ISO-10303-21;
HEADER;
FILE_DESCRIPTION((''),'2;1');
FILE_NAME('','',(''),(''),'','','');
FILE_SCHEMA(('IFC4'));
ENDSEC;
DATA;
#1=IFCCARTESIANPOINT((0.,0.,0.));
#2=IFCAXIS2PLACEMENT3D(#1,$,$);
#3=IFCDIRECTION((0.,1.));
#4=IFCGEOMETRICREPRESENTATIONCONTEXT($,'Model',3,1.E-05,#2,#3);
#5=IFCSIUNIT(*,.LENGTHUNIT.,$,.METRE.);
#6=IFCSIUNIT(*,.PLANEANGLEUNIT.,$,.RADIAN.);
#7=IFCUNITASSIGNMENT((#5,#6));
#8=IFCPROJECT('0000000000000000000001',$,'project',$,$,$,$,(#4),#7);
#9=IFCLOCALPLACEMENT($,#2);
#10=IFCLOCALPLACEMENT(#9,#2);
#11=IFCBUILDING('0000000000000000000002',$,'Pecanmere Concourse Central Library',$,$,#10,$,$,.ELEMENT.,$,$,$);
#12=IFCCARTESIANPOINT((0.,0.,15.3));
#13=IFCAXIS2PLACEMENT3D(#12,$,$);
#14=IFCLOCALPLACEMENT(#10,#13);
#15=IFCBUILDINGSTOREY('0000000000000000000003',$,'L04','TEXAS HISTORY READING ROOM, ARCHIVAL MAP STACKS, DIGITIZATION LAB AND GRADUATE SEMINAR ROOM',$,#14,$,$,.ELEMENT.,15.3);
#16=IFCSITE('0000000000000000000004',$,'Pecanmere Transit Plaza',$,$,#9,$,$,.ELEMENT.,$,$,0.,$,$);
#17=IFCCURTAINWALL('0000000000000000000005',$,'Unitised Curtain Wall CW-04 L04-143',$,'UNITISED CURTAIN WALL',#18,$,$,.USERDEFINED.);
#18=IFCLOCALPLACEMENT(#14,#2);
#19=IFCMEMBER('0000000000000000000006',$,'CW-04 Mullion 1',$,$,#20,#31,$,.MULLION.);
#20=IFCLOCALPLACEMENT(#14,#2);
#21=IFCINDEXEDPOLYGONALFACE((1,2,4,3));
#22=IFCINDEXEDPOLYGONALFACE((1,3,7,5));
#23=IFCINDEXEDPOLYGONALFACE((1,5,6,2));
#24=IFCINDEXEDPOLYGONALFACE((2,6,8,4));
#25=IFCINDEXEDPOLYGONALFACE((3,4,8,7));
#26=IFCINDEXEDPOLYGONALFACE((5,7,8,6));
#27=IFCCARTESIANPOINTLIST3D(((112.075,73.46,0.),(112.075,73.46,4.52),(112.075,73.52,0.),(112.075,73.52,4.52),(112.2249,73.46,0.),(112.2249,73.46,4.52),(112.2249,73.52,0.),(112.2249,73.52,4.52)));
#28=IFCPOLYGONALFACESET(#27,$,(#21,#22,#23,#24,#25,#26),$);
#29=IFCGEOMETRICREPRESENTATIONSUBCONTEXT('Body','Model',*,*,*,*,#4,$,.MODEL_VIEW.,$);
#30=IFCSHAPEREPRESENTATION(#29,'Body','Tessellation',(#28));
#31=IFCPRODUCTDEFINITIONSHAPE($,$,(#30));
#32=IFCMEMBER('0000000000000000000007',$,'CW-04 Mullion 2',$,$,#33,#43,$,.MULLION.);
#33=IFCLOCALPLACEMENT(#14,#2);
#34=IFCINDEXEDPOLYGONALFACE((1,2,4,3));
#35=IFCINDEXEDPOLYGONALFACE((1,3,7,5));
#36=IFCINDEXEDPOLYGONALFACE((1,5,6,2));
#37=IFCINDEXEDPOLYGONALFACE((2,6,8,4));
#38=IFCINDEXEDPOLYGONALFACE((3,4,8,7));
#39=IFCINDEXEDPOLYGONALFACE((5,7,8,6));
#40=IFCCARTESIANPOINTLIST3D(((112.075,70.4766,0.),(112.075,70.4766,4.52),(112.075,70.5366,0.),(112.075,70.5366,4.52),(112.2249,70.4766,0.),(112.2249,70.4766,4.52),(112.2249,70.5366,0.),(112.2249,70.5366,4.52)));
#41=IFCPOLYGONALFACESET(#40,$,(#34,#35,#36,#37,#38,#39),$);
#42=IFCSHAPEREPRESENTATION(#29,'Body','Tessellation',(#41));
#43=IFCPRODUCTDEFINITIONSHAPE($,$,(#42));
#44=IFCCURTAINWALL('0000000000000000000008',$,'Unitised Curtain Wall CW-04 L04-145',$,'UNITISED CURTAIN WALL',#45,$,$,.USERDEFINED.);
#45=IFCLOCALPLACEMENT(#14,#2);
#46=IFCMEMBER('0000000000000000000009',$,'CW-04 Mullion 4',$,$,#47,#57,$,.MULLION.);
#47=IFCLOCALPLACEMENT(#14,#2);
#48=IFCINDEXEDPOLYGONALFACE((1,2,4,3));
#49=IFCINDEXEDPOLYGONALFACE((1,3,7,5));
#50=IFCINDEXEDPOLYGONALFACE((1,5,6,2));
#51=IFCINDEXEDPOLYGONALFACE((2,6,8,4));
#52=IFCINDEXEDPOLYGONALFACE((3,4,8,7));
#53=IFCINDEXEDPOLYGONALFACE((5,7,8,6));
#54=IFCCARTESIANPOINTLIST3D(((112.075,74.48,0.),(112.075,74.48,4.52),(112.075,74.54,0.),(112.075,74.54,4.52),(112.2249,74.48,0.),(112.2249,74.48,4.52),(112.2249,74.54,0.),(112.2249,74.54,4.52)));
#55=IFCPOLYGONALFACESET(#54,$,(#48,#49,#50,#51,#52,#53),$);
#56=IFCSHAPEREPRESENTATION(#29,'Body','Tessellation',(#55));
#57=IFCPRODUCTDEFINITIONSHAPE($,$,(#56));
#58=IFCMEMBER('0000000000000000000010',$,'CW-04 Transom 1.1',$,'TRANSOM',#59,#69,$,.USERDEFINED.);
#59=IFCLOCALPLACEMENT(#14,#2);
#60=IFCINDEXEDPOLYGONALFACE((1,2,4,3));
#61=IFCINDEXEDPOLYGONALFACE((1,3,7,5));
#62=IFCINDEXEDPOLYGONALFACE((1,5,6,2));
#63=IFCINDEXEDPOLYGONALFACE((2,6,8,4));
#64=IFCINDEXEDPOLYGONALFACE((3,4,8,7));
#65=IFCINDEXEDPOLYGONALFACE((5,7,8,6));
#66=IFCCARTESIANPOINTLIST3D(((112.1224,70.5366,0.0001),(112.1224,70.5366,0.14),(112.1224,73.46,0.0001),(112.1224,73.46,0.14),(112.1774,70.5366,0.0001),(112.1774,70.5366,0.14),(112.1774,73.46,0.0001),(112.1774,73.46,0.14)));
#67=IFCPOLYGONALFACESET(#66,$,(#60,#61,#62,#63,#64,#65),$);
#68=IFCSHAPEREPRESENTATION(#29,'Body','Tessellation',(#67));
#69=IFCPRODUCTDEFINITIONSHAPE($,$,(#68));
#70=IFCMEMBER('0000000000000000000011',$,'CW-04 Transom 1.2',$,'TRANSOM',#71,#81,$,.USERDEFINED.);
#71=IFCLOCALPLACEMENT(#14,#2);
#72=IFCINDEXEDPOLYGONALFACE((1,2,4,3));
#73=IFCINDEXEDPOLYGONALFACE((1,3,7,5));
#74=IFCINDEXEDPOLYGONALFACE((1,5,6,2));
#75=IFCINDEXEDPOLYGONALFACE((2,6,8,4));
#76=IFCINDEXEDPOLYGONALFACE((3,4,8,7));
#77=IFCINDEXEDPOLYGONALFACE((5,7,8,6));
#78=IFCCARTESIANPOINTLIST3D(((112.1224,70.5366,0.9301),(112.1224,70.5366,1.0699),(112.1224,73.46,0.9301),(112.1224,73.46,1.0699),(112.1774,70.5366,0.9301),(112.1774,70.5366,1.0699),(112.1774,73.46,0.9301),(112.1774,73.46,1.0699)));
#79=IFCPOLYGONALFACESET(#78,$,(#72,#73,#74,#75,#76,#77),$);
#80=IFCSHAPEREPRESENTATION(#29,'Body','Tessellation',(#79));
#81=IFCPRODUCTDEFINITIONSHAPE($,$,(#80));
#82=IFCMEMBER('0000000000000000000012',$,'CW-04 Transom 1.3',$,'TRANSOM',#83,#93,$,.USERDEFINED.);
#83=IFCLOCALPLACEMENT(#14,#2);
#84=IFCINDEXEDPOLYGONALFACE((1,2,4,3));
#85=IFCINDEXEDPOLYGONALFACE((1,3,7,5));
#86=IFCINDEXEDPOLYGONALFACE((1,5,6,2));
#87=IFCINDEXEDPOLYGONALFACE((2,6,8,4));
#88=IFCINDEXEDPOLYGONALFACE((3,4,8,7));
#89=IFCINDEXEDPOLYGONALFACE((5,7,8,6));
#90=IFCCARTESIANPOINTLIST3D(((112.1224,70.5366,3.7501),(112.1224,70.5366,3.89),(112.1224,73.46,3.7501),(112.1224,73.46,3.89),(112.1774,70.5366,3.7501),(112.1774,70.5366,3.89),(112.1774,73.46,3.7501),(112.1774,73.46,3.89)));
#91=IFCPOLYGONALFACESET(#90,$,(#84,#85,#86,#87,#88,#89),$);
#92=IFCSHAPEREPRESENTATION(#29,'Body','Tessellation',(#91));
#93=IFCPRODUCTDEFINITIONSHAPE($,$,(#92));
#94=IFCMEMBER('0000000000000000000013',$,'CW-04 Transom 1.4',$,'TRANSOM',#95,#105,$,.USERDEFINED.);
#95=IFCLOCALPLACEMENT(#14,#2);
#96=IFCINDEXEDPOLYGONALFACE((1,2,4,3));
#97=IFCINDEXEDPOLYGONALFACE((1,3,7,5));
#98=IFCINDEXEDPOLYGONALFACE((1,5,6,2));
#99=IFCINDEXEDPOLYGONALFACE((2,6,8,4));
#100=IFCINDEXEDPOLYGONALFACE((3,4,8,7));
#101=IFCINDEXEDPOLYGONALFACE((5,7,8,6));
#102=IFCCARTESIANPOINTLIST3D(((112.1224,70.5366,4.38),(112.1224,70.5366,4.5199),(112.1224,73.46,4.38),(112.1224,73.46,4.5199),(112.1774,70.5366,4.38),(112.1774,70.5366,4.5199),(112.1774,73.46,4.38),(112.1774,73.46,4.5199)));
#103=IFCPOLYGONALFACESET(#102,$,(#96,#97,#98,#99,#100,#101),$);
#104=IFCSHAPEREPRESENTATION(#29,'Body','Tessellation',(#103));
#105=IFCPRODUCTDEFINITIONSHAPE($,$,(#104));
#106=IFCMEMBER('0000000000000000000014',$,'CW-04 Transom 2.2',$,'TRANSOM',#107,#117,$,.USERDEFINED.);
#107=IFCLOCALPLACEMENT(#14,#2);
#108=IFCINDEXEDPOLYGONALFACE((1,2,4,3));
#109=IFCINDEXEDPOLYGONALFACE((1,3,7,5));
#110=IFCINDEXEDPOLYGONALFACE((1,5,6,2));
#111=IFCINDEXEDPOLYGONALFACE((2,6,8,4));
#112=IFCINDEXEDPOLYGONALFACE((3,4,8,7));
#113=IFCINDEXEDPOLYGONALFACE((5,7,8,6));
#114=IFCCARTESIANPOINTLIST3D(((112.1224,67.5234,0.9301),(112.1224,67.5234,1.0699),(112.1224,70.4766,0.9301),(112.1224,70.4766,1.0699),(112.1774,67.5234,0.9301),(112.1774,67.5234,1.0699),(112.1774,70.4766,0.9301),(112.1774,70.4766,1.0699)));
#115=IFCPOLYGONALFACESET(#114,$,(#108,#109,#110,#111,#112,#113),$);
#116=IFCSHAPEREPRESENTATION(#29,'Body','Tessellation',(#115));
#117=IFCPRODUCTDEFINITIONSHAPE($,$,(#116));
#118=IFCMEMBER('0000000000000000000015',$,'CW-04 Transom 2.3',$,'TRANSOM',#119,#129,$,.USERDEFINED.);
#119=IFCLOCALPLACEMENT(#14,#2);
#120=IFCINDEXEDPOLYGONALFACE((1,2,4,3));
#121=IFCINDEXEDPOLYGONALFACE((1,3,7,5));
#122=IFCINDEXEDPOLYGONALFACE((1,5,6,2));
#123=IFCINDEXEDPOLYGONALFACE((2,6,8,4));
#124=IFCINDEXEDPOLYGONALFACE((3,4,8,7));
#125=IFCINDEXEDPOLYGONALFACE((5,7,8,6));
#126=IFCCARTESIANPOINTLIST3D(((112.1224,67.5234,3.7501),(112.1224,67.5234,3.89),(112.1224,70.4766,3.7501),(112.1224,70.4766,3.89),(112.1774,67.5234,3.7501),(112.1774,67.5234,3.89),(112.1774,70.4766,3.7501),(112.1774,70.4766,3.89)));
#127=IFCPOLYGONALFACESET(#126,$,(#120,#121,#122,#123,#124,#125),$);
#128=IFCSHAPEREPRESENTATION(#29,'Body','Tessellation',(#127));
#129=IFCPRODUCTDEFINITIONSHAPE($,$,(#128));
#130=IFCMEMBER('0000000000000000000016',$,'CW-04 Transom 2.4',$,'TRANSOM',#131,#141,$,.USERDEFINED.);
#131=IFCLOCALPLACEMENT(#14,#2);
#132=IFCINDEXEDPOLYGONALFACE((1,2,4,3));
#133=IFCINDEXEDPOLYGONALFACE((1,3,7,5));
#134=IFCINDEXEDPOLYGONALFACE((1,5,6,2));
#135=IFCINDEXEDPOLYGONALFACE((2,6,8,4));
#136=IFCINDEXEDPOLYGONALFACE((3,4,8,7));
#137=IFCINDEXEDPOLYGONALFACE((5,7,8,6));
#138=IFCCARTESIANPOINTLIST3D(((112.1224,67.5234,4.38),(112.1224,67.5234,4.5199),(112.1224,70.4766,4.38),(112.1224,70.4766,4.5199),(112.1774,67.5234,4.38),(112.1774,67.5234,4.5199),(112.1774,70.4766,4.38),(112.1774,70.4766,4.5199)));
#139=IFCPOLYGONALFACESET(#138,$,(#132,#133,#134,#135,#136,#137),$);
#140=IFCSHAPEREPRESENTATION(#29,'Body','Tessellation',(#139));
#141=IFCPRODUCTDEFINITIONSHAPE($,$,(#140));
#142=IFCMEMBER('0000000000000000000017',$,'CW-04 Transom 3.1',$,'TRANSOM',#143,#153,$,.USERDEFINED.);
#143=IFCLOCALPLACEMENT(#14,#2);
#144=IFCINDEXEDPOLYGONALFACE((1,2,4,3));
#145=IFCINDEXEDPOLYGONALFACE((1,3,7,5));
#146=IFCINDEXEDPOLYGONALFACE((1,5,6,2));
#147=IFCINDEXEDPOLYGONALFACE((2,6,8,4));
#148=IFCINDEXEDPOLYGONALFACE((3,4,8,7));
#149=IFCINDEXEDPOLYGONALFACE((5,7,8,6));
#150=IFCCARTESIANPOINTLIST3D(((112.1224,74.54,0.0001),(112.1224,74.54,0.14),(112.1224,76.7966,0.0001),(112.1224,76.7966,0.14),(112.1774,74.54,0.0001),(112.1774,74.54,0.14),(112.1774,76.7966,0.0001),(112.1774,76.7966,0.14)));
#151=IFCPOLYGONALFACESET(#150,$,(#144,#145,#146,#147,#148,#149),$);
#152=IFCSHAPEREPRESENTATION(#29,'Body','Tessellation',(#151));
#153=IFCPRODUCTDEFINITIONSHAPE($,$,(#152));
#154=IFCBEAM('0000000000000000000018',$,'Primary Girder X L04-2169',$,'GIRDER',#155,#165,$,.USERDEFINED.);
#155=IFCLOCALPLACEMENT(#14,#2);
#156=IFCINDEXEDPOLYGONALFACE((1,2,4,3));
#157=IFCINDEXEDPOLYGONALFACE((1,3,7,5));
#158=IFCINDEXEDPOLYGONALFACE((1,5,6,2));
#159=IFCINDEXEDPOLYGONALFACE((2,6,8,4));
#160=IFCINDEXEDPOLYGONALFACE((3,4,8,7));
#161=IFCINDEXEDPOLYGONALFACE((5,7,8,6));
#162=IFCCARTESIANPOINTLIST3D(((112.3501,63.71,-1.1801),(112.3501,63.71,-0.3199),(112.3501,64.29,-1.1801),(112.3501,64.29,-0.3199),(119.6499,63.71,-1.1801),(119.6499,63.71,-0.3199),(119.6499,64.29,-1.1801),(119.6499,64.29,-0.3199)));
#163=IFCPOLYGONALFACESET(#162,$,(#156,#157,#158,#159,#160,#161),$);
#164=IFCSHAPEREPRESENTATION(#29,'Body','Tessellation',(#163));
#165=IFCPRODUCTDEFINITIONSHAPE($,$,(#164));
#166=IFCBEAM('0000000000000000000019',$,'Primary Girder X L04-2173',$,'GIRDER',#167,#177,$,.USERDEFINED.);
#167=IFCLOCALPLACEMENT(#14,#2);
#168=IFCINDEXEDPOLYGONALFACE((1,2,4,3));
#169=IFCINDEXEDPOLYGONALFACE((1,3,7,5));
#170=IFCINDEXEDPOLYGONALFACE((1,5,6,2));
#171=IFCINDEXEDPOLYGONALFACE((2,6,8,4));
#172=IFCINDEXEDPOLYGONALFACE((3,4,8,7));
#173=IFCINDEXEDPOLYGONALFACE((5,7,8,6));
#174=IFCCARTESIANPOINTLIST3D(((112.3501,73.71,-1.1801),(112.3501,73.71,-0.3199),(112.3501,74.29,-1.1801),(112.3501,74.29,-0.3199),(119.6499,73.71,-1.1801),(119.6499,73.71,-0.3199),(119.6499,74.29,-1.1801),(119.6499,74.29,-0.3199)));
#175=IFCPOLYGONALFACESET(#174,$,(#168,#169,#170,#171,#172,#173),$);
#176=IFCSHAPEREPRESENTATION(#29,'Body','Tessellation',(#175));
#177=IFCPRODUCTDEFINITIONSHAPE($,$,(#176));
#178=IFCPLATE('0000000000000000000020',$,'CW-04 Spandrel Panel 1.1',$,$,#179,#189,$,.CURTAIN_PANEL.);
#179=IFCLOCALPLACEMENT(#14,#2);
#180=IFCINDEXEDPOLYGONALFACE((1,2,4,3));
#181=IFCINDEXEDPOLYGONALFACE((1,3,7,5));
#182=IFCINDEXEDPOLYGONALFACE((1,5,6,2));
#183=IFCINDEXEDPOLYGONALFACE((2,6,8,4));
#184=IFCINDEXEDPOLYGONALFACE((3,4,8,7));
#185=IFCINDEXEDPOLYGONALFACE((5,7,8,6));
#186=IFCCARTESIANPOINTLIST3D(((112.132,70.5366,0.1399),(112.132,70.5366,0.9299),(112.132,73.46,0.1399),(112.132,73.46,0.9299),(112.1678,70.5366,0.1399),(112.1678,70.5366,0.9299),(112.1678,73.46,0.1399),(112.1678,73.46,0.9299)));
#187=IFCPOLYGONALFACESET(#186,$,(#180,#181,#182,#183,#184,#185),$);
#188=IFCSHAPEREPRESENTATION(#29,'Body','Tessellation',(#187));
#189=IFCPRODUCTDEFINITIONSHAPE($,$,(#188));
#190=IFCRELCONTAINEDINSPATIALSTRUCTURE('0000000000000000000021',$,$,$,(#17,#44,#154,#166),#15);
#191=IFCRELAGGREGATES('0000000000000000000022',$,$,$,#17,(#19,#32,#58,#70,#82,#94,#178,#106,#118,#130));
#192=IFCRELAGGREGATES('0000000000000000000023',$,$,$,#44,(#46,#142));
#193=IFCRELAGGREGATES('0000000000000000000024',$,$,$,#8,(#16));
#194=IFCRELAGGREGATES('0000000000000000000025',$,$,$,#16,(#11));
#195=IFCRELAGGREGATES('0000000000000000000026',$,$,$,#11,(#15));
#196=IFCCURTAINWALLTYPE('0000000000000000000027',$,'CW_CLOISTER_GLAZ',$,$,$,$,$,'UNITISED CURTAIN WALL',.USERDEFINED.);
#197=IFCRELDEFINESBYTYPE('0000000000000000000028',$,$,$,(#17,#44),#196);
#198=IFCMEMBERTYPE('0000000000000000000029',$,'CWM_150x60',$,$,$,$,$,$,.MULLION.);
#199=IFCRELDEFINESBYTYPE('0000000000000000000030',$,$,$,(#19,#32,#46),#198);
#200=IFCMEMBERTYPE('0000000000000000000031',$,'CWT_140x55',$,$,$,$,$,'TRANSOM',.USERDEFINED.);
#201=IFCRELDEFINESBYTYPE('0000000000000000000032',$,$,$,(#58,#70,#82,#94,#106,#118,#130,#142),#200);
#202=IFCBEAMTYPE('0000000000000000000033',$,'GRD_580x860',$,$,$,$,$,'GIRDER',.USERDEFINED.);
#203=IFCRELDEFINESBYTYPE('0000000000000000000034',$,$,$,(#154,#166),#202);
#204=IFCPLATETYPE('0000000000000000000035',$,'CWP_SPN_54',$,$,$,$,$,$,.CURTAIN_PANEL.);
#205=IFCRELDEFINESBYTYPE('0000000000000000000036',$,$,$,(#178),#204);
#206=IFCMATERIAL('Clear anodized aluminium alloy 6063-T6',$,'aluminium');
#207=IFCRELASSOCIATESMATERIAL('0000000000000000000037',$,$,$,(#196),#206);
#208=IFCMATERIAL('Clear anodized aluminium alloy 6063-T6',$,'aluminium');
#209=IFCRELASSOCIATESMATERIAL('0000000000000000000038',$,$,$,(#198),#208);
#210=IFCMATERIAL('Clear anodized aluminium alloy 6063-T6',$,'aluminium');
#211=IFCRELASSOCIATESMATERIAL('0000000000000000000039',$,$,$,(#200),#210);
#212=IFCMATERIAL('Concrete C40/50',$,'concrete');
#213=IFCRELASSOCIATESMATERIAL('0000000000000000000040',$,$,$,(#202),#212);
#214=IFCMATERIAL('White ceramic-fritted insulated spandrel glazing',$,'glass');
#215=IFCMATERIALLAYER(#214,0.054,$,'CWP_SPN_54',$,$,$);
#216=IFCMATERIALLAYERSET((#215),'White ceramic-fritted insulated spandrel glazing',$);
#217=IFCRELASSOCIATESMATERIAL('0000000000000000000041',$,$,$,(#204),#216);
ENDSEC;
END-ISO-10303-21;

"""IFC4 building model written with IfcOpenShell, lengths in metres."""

from ifc_helpers import new_model, si_unit, direction, frame, origin, origin_2d, place, context, subcontext, project, spatial, rectangle, extrude, material, layer, layer_set, material_profile, profile_set, type_object, element, aggregate, save


model = new_model("IFC4")

# Units and contexts
model_context = context("Model", 3, precision=1e-05, world=origin(), true_north=direction((0.0, 1.0)))
body_context = subcontext(model_context, "Body", "Model", "MODEL_VIEW")
ifc_project = project(units=[si_unit("LENGTHUNIT", "METRE"), si_unit("PLANEANGLEUNIT", "RADIAN")], contexts=[model_context])

# Site, building, storey
site_placement = place(None, origin())
site = spatial("IfcSite", under=ifc_project, at=site_placement, Name="Pecanmere Transit Plaza", CompositionType="ELEMENT", RefElevation=0.0)
building_placement = place(site_placement, origin())
building = spatial("IfcBuilding", under=site, at=building_placement, Name="Pecanmere Concourse Central Library", CompositionType="ELEMENT")
storey_placement = place(building_placement, frame((0.0, 0.0, 15.3)))
storey = spatial("IfcBuildingStorey", under=building, at=storey_placement, Name="L04", Description="TEXAS HISTORY READING ROOM, ARCHIVAL MAP STACKS, DIGITIZATION LAB AND GRADUATE SEMINAR ROOM", CompositionType="ELEMENT", Elevation=15.3)

# Curtain wall, members
ifc_material_1 = material(Name="Clear anodized aluminium alloy 6063-T6", Category="aluminium")
curtain_wall_type = type_object("IfcCurtainWallType", Name="CW_CLOISTER_GLAZ", ElementType="UNITISED CURTAIN WALL", PredefinedType="USERDEFINED", material=ifc_material_1)
curtain_wall_1_placement = place(storey_placement, origin())
curtain_wall_1 = element("IfcCurtainWall", 1, at=curtain_wall_1_placement, inside=storey, type_object=curtain_wall_type, Name="Unitised Curtain Wall CW-04 L04-143", ObjectType="UNITISED CURTAIN WALL", PredefinedType="USERDEFINED")
ifc_material_2 = material(Name="Clear anodized aluminium alloy 6063-T6", Category="aluminium")
ifc_material_profile_1 = material_profile(ifc_material_2, rectangle(XDim=0.0601, YDim=0.1499, at=origin_2d()), Name="AL 60x150")
ifc_profile_set_1 = profile_set([ifc_material_profile_1], Name="Clear anodized aluminium alloy 6063-T6")
member_type_1 = type_object("IfcMemberType", Name="CWM_150x60", PredefinedType="MULLION", material=ifc_profile_set_1)
member_1_placement = place(storey_placement, frame((112.1499, 73.49, 0.0), z_axis=(0.0, 0.0, 1.0), x_axis=(0.0, -1.0, 0.0)))
member_1 = element("IfcMember", 2, at=member_1_placement, type_object=member_type_1, Name="CW-04 Mullion 1", PredefinedType="MULLION", context=body_context, shape_type="SweptSolid", body=[
    extrude(rectangle(XDim=0.0601, YDim=0.1499, at=origin_2d()), origin(), (0.0, 0.0, 1.0), 4.52),
])
member_2_placement = place(storey_placement, frame((112.1499, 70.5066, 0.0), z_axis=(0.0, 0.0, 1.0), x_axis=(0.0, -1.0, 0.0)))
member_2 = element("IfcMember", 3, at=member_2_placement, type_object=member_type_1, Name="CW-04 Mullion 2", PredefinedType="MULLION", context=body_context, shape_type="SweptSolid", body=[
    extrude(rectangle(XDim=0.0601, YDim=0.1499, at=origin_2d()), origin(), (0.0, 0.0, 1.0), 4.52),
])

# Curtain wall, member
curtain_wall_2_placement = place(storey_placement, origin())
curtain_wall_2 = element("IfcCurtainWall", 4, at=curtain_wall_2_placement, inside=storey, type_object=curtain_wall_type, Name="Unitised Curtain Wall CW-04 L04-145", ObjectType="UNITISED CURTAIN WALL", PredefinedType="USERDEFINED")
member_3_placement = place(storey_placement, frame((112.1499, 74.51, 0.0), z_axis=(0.0, 0.0, 1.0), x_axis=(0.0, -1.0, 0.0)))
member_3 = element("IfcMember", 5, at=member_3_placement, type_object=member_type_1, Name="CW-04 Mullion 4", PredefinedType="MULLION", context=body_context, shape_type="SweptSolid", body=[
    extrude(rectangle(XDim=0.0601, YDim=0.1499, at=origin_2d()), origin(), (0.0, 0.0, 1.0), 4.52),
])

# Members
ifc_material_3 = material(Name="Clear anodized aluminium alloy 6063-T6", Category="aluminium")
ifc_material_profile_2 = material_profile(ifc_material_3, rectangle(XDim=0.0549, YDim=0.1399, at=origin_2d()), Name="AL 55x140")
ifc_profile_set_2 = profile_set([ifc_material_profile_2], Name="Clear anodized aluminium alloy 6063-T6")
member_type_2 = type_object("IfcMemberType", Name="CWT_140x55", ElementType="TRANSOM", PredefinedType="USERDEFINED", material=ifc_profile_set_2)
member_4_placement = place(storey_placement, frame((112.1499, 73.46, 0.0701), z_axis=(0.0, -1.0, 0.0), x_axis=(1.0, 0.0, 0.0)))
member_4 = element("IfcMember", 6, at=member_4_placement, type_object=member_type_2, Name="CW-04 Transom 1.1", ObjectType="TRANSOM", PredefinedType="USERDEFINED", context=body_context, shape_type="SweptSolid", body=[
    extrude(rectangle(XDim=0.0549, YDim=0.1399, at=origin_2d()), origin(), (0.0, 0.0, 1.0), 2.9233),
])
member_5_placement = place(storey_placement, frame((112.1499, 73.46, 1.0), z_axis=(0.0, -1.0, 0.0), x_axis=(1.0, 0.0, 0.0)))
member_5 = element("IfcMember", 7, at=member_5_placement, type_object=member_type_2, Name="CW-04 Transom 1.2", ObjectType="TRANSOM", PredefinedType="USERDEFINED", context=body_context, shape_type="SweptSolid", body=[
    extrude(rectangle(XDim=0.0549, YDim=0.1399, at=origin_2d()), origin(), (0.0, 0.0, 1.0), 2.9233),
])
member_6_placement = place(storey_placement, frame((112.1499, 73.46, 3.8201), z_axis=(0.0, -1.0, 0.0), x_axis=(1.0, 0.0, 0.0)))
member_6 = element("IfcMember", 8, at=member_6_placement, type_object=member_type_2, Name="CW-04 Transom 1.3", ObjectType="TRANSOM", PredefinedType="USERDEFINED", context=body_context, shape_type="SweptSolid", body=[
    extrude(rectangle(XDim=0.0549, YDim=0.1399, at=origin_2d()), origin(), (0.0, 0.0, 1.0), 2.9233),
])
member_7_placement = place(storey_placement, frame((112.1499, 73.46, 4.45), z_axis=(0.0, -1.0, 0.0), x_axis=(1.0, 0.0, 0.0)))
member_7 = element("IfcMember", 9, at=member_7_placement, type_object=member_type_2, Name="CW-04 Transom 1.4", ObjectType="TRANSOM", PredefinedType="USERDEFINED", context=body_context, shape_type="SweptSolid", body=[
    extrude(rectangle(XDim=0.0549, YDim=0.1399, at=origin_2d()), origin(), (0.0, 0.0, 1.0), 2.9233),
])
member_8_placement = place(storey_placement, frame((112.1499, 70.4766, 1.0), z_axis=(0.0, -1.0, 0.0), x_axis=(1.0, 0.0, 0.0)))
member_8 = element("IfcMember", 10, at=member_8_placement, type_object=member_type_2, Name="CW-04 Transom 2.2", ObjectType="TRANSOM", PredefinedType="USERDEFINED", context=body_context, shape_type="SweptSolid", body=[
    extrude(rectangle(XDim=0.0549, YDim=0.1399, at=origin_2d()), origin(), (0.0, 0.0, 1.0), 2.9531),
])
member_9_placement = place(storey_placement, frame((112.1499, 70.4766, 3.8201), z_axis=(0.0, -1.0, 0.0), x_axis=(1.0, 0.0, 0.0)))
member_9 = element("IfcMember", 11, at=member_9_placement, type_object=member_type_2, Name="CW-04 Transom 2.3", ObjectType="TRANSOM", PredefinedType="USERDEFINED", context=body_context, shape_type="SweptSolid", body=[
    extrude(rectangle(XDim=0.0549, YDim=0.1399, at=origin_2d()), origin(), (0.0, 0.0, 1.0), 2.9531),
])
member_10_placement = place(storey_placement, frame((112.1499, 70.4766, 4.45), z_axis=(0.0, -1.0, 0.0), x_axis=(1.0, 0.0, 0.0)))
member_10 = element("IfcMember", 12, at=member_10_placement, type_object=member_type_2, Name="CW-04 Transom 2.4", ObjectType="TRANSOM", PredefinedType="USERDEFINED", context=body_context, shape_type="SweptSolid", body=[
    extrude(rectangle(XDim=0.0549, YDim=0.1399, at=origin_2d()), origin(), (0.0, 0.0, 1.0), 2.9531),
])
member_11_placement = place(storey_placement, frame((112.1499, 76.7966, 0.0701), z_axis=(0.0, -1.0, 0.0), x_axis=(1.0, 0.0, 0.0)))
member_11 = element("IfcMember", 13, at=member_11_placement, type_object=member_type_2, Name="CW-04 Transom 3.1", ObjectType="TRANSOM", PredefinedType="USERDEFINED", context=body_context, shape_type="SweptSolid", body=[
    extrude(rectangle(XDim=0.0549, YDim=0.1399, at=origin_2d()), origin(), (0.0, 0.0, 1.0), 2.2566),
])

# Beams
ifc_material_4 = material(Name="Concrete C40/50", Category="concrete")
ifc_material_profile_3 = material_profile(ifc_material_4, rectangle(XDim=0.5801, YDim=0.8601, at=origin_2d()), Name="RC 580x860")
ifc_profile_set_3 = profile_set([ifc_material_profile_3], Name="Concrete C40/50")
beam_type = type_object("IfcBeamType", Name="GRD_580x860", ElementType="GIRDER", PredefinedType="USERDEFINED", material=ifc_profile_set_3)
for number, where, z_axis, x_axis, name in (
    (14, (112.3501, 64.0, -0.75), (1.0, 0.0, 0.0), (0.0, 1.0, 0.0), "Primary Girder X L04-2169"),
    (15, (112.3501, 74.0, -0.75), (1.0, 0.0, 0.0), (0.0, 1.0, 0.0), "Primary Girder X L04-2173"),
):
    element("IfcBeam", number, at=place(storey_placement, frame(where, z_axis=z_axis, x_axis=x_axis)), inside=storey, type_object=beam_type, Name=name, ObjectType="GIRDER", PredefinedType="USERDEFINED", context=body_context, shape_type="SweptSolid", body=[
        extrude(rectangle(XDim=0.5801, YDim=0.8601, at=origin_2d()), origin(), (0.0, 0.0, 1.0), 7.2998),
    ])

# Plate
ifc_material_5 = material(Name="White ceramic-fritted insulated spandrel glazing", Category="glass")
ifc_layer_1 = layer(ifc_material_5, 0.054, Name="CWP_SPN_54")
ifc_layer_set_1 = layer_set([ifc_layer_1], Name="White ceramic-fritted insulated spandrel glazing")
plate_type_1 = type_object("IfcPlateType", Name="CWP_SPN_54", PredefinedType="CURTAIN_PANEL", material=ifc_layer_set_1)
plate_1_placement = place(storey_placement, frame((112.1499, 71.9983, 0.1399), z_axis=(0.0, 0.0, 1.0), x_axis=(0.0, -1.0, 0.0)))
plate_1 = element("IfcPlate", 16, at=plate_1_placement, type_object=plate_type_1, Name="CW-04 Spandrel Panel 1.1", PredefinedType="CURTAIN_PANEL", context=body_context, shape_type="SweptSolid", body=[
    extrude(rectangle(XDim=2.9233, YDim=0.0359, at=origin_2d()), origin(), (0.0, 0.0, 1.0), 0.79),
])
aggregate(curtain_wall_1, [member_1, member_2, member_4, member_5, member_6, member_7, plate_1, member_8, member_9, member_10])
aggregate(curtain_wall_2, [member_3, member_11])

save(model, "model.ifc")
